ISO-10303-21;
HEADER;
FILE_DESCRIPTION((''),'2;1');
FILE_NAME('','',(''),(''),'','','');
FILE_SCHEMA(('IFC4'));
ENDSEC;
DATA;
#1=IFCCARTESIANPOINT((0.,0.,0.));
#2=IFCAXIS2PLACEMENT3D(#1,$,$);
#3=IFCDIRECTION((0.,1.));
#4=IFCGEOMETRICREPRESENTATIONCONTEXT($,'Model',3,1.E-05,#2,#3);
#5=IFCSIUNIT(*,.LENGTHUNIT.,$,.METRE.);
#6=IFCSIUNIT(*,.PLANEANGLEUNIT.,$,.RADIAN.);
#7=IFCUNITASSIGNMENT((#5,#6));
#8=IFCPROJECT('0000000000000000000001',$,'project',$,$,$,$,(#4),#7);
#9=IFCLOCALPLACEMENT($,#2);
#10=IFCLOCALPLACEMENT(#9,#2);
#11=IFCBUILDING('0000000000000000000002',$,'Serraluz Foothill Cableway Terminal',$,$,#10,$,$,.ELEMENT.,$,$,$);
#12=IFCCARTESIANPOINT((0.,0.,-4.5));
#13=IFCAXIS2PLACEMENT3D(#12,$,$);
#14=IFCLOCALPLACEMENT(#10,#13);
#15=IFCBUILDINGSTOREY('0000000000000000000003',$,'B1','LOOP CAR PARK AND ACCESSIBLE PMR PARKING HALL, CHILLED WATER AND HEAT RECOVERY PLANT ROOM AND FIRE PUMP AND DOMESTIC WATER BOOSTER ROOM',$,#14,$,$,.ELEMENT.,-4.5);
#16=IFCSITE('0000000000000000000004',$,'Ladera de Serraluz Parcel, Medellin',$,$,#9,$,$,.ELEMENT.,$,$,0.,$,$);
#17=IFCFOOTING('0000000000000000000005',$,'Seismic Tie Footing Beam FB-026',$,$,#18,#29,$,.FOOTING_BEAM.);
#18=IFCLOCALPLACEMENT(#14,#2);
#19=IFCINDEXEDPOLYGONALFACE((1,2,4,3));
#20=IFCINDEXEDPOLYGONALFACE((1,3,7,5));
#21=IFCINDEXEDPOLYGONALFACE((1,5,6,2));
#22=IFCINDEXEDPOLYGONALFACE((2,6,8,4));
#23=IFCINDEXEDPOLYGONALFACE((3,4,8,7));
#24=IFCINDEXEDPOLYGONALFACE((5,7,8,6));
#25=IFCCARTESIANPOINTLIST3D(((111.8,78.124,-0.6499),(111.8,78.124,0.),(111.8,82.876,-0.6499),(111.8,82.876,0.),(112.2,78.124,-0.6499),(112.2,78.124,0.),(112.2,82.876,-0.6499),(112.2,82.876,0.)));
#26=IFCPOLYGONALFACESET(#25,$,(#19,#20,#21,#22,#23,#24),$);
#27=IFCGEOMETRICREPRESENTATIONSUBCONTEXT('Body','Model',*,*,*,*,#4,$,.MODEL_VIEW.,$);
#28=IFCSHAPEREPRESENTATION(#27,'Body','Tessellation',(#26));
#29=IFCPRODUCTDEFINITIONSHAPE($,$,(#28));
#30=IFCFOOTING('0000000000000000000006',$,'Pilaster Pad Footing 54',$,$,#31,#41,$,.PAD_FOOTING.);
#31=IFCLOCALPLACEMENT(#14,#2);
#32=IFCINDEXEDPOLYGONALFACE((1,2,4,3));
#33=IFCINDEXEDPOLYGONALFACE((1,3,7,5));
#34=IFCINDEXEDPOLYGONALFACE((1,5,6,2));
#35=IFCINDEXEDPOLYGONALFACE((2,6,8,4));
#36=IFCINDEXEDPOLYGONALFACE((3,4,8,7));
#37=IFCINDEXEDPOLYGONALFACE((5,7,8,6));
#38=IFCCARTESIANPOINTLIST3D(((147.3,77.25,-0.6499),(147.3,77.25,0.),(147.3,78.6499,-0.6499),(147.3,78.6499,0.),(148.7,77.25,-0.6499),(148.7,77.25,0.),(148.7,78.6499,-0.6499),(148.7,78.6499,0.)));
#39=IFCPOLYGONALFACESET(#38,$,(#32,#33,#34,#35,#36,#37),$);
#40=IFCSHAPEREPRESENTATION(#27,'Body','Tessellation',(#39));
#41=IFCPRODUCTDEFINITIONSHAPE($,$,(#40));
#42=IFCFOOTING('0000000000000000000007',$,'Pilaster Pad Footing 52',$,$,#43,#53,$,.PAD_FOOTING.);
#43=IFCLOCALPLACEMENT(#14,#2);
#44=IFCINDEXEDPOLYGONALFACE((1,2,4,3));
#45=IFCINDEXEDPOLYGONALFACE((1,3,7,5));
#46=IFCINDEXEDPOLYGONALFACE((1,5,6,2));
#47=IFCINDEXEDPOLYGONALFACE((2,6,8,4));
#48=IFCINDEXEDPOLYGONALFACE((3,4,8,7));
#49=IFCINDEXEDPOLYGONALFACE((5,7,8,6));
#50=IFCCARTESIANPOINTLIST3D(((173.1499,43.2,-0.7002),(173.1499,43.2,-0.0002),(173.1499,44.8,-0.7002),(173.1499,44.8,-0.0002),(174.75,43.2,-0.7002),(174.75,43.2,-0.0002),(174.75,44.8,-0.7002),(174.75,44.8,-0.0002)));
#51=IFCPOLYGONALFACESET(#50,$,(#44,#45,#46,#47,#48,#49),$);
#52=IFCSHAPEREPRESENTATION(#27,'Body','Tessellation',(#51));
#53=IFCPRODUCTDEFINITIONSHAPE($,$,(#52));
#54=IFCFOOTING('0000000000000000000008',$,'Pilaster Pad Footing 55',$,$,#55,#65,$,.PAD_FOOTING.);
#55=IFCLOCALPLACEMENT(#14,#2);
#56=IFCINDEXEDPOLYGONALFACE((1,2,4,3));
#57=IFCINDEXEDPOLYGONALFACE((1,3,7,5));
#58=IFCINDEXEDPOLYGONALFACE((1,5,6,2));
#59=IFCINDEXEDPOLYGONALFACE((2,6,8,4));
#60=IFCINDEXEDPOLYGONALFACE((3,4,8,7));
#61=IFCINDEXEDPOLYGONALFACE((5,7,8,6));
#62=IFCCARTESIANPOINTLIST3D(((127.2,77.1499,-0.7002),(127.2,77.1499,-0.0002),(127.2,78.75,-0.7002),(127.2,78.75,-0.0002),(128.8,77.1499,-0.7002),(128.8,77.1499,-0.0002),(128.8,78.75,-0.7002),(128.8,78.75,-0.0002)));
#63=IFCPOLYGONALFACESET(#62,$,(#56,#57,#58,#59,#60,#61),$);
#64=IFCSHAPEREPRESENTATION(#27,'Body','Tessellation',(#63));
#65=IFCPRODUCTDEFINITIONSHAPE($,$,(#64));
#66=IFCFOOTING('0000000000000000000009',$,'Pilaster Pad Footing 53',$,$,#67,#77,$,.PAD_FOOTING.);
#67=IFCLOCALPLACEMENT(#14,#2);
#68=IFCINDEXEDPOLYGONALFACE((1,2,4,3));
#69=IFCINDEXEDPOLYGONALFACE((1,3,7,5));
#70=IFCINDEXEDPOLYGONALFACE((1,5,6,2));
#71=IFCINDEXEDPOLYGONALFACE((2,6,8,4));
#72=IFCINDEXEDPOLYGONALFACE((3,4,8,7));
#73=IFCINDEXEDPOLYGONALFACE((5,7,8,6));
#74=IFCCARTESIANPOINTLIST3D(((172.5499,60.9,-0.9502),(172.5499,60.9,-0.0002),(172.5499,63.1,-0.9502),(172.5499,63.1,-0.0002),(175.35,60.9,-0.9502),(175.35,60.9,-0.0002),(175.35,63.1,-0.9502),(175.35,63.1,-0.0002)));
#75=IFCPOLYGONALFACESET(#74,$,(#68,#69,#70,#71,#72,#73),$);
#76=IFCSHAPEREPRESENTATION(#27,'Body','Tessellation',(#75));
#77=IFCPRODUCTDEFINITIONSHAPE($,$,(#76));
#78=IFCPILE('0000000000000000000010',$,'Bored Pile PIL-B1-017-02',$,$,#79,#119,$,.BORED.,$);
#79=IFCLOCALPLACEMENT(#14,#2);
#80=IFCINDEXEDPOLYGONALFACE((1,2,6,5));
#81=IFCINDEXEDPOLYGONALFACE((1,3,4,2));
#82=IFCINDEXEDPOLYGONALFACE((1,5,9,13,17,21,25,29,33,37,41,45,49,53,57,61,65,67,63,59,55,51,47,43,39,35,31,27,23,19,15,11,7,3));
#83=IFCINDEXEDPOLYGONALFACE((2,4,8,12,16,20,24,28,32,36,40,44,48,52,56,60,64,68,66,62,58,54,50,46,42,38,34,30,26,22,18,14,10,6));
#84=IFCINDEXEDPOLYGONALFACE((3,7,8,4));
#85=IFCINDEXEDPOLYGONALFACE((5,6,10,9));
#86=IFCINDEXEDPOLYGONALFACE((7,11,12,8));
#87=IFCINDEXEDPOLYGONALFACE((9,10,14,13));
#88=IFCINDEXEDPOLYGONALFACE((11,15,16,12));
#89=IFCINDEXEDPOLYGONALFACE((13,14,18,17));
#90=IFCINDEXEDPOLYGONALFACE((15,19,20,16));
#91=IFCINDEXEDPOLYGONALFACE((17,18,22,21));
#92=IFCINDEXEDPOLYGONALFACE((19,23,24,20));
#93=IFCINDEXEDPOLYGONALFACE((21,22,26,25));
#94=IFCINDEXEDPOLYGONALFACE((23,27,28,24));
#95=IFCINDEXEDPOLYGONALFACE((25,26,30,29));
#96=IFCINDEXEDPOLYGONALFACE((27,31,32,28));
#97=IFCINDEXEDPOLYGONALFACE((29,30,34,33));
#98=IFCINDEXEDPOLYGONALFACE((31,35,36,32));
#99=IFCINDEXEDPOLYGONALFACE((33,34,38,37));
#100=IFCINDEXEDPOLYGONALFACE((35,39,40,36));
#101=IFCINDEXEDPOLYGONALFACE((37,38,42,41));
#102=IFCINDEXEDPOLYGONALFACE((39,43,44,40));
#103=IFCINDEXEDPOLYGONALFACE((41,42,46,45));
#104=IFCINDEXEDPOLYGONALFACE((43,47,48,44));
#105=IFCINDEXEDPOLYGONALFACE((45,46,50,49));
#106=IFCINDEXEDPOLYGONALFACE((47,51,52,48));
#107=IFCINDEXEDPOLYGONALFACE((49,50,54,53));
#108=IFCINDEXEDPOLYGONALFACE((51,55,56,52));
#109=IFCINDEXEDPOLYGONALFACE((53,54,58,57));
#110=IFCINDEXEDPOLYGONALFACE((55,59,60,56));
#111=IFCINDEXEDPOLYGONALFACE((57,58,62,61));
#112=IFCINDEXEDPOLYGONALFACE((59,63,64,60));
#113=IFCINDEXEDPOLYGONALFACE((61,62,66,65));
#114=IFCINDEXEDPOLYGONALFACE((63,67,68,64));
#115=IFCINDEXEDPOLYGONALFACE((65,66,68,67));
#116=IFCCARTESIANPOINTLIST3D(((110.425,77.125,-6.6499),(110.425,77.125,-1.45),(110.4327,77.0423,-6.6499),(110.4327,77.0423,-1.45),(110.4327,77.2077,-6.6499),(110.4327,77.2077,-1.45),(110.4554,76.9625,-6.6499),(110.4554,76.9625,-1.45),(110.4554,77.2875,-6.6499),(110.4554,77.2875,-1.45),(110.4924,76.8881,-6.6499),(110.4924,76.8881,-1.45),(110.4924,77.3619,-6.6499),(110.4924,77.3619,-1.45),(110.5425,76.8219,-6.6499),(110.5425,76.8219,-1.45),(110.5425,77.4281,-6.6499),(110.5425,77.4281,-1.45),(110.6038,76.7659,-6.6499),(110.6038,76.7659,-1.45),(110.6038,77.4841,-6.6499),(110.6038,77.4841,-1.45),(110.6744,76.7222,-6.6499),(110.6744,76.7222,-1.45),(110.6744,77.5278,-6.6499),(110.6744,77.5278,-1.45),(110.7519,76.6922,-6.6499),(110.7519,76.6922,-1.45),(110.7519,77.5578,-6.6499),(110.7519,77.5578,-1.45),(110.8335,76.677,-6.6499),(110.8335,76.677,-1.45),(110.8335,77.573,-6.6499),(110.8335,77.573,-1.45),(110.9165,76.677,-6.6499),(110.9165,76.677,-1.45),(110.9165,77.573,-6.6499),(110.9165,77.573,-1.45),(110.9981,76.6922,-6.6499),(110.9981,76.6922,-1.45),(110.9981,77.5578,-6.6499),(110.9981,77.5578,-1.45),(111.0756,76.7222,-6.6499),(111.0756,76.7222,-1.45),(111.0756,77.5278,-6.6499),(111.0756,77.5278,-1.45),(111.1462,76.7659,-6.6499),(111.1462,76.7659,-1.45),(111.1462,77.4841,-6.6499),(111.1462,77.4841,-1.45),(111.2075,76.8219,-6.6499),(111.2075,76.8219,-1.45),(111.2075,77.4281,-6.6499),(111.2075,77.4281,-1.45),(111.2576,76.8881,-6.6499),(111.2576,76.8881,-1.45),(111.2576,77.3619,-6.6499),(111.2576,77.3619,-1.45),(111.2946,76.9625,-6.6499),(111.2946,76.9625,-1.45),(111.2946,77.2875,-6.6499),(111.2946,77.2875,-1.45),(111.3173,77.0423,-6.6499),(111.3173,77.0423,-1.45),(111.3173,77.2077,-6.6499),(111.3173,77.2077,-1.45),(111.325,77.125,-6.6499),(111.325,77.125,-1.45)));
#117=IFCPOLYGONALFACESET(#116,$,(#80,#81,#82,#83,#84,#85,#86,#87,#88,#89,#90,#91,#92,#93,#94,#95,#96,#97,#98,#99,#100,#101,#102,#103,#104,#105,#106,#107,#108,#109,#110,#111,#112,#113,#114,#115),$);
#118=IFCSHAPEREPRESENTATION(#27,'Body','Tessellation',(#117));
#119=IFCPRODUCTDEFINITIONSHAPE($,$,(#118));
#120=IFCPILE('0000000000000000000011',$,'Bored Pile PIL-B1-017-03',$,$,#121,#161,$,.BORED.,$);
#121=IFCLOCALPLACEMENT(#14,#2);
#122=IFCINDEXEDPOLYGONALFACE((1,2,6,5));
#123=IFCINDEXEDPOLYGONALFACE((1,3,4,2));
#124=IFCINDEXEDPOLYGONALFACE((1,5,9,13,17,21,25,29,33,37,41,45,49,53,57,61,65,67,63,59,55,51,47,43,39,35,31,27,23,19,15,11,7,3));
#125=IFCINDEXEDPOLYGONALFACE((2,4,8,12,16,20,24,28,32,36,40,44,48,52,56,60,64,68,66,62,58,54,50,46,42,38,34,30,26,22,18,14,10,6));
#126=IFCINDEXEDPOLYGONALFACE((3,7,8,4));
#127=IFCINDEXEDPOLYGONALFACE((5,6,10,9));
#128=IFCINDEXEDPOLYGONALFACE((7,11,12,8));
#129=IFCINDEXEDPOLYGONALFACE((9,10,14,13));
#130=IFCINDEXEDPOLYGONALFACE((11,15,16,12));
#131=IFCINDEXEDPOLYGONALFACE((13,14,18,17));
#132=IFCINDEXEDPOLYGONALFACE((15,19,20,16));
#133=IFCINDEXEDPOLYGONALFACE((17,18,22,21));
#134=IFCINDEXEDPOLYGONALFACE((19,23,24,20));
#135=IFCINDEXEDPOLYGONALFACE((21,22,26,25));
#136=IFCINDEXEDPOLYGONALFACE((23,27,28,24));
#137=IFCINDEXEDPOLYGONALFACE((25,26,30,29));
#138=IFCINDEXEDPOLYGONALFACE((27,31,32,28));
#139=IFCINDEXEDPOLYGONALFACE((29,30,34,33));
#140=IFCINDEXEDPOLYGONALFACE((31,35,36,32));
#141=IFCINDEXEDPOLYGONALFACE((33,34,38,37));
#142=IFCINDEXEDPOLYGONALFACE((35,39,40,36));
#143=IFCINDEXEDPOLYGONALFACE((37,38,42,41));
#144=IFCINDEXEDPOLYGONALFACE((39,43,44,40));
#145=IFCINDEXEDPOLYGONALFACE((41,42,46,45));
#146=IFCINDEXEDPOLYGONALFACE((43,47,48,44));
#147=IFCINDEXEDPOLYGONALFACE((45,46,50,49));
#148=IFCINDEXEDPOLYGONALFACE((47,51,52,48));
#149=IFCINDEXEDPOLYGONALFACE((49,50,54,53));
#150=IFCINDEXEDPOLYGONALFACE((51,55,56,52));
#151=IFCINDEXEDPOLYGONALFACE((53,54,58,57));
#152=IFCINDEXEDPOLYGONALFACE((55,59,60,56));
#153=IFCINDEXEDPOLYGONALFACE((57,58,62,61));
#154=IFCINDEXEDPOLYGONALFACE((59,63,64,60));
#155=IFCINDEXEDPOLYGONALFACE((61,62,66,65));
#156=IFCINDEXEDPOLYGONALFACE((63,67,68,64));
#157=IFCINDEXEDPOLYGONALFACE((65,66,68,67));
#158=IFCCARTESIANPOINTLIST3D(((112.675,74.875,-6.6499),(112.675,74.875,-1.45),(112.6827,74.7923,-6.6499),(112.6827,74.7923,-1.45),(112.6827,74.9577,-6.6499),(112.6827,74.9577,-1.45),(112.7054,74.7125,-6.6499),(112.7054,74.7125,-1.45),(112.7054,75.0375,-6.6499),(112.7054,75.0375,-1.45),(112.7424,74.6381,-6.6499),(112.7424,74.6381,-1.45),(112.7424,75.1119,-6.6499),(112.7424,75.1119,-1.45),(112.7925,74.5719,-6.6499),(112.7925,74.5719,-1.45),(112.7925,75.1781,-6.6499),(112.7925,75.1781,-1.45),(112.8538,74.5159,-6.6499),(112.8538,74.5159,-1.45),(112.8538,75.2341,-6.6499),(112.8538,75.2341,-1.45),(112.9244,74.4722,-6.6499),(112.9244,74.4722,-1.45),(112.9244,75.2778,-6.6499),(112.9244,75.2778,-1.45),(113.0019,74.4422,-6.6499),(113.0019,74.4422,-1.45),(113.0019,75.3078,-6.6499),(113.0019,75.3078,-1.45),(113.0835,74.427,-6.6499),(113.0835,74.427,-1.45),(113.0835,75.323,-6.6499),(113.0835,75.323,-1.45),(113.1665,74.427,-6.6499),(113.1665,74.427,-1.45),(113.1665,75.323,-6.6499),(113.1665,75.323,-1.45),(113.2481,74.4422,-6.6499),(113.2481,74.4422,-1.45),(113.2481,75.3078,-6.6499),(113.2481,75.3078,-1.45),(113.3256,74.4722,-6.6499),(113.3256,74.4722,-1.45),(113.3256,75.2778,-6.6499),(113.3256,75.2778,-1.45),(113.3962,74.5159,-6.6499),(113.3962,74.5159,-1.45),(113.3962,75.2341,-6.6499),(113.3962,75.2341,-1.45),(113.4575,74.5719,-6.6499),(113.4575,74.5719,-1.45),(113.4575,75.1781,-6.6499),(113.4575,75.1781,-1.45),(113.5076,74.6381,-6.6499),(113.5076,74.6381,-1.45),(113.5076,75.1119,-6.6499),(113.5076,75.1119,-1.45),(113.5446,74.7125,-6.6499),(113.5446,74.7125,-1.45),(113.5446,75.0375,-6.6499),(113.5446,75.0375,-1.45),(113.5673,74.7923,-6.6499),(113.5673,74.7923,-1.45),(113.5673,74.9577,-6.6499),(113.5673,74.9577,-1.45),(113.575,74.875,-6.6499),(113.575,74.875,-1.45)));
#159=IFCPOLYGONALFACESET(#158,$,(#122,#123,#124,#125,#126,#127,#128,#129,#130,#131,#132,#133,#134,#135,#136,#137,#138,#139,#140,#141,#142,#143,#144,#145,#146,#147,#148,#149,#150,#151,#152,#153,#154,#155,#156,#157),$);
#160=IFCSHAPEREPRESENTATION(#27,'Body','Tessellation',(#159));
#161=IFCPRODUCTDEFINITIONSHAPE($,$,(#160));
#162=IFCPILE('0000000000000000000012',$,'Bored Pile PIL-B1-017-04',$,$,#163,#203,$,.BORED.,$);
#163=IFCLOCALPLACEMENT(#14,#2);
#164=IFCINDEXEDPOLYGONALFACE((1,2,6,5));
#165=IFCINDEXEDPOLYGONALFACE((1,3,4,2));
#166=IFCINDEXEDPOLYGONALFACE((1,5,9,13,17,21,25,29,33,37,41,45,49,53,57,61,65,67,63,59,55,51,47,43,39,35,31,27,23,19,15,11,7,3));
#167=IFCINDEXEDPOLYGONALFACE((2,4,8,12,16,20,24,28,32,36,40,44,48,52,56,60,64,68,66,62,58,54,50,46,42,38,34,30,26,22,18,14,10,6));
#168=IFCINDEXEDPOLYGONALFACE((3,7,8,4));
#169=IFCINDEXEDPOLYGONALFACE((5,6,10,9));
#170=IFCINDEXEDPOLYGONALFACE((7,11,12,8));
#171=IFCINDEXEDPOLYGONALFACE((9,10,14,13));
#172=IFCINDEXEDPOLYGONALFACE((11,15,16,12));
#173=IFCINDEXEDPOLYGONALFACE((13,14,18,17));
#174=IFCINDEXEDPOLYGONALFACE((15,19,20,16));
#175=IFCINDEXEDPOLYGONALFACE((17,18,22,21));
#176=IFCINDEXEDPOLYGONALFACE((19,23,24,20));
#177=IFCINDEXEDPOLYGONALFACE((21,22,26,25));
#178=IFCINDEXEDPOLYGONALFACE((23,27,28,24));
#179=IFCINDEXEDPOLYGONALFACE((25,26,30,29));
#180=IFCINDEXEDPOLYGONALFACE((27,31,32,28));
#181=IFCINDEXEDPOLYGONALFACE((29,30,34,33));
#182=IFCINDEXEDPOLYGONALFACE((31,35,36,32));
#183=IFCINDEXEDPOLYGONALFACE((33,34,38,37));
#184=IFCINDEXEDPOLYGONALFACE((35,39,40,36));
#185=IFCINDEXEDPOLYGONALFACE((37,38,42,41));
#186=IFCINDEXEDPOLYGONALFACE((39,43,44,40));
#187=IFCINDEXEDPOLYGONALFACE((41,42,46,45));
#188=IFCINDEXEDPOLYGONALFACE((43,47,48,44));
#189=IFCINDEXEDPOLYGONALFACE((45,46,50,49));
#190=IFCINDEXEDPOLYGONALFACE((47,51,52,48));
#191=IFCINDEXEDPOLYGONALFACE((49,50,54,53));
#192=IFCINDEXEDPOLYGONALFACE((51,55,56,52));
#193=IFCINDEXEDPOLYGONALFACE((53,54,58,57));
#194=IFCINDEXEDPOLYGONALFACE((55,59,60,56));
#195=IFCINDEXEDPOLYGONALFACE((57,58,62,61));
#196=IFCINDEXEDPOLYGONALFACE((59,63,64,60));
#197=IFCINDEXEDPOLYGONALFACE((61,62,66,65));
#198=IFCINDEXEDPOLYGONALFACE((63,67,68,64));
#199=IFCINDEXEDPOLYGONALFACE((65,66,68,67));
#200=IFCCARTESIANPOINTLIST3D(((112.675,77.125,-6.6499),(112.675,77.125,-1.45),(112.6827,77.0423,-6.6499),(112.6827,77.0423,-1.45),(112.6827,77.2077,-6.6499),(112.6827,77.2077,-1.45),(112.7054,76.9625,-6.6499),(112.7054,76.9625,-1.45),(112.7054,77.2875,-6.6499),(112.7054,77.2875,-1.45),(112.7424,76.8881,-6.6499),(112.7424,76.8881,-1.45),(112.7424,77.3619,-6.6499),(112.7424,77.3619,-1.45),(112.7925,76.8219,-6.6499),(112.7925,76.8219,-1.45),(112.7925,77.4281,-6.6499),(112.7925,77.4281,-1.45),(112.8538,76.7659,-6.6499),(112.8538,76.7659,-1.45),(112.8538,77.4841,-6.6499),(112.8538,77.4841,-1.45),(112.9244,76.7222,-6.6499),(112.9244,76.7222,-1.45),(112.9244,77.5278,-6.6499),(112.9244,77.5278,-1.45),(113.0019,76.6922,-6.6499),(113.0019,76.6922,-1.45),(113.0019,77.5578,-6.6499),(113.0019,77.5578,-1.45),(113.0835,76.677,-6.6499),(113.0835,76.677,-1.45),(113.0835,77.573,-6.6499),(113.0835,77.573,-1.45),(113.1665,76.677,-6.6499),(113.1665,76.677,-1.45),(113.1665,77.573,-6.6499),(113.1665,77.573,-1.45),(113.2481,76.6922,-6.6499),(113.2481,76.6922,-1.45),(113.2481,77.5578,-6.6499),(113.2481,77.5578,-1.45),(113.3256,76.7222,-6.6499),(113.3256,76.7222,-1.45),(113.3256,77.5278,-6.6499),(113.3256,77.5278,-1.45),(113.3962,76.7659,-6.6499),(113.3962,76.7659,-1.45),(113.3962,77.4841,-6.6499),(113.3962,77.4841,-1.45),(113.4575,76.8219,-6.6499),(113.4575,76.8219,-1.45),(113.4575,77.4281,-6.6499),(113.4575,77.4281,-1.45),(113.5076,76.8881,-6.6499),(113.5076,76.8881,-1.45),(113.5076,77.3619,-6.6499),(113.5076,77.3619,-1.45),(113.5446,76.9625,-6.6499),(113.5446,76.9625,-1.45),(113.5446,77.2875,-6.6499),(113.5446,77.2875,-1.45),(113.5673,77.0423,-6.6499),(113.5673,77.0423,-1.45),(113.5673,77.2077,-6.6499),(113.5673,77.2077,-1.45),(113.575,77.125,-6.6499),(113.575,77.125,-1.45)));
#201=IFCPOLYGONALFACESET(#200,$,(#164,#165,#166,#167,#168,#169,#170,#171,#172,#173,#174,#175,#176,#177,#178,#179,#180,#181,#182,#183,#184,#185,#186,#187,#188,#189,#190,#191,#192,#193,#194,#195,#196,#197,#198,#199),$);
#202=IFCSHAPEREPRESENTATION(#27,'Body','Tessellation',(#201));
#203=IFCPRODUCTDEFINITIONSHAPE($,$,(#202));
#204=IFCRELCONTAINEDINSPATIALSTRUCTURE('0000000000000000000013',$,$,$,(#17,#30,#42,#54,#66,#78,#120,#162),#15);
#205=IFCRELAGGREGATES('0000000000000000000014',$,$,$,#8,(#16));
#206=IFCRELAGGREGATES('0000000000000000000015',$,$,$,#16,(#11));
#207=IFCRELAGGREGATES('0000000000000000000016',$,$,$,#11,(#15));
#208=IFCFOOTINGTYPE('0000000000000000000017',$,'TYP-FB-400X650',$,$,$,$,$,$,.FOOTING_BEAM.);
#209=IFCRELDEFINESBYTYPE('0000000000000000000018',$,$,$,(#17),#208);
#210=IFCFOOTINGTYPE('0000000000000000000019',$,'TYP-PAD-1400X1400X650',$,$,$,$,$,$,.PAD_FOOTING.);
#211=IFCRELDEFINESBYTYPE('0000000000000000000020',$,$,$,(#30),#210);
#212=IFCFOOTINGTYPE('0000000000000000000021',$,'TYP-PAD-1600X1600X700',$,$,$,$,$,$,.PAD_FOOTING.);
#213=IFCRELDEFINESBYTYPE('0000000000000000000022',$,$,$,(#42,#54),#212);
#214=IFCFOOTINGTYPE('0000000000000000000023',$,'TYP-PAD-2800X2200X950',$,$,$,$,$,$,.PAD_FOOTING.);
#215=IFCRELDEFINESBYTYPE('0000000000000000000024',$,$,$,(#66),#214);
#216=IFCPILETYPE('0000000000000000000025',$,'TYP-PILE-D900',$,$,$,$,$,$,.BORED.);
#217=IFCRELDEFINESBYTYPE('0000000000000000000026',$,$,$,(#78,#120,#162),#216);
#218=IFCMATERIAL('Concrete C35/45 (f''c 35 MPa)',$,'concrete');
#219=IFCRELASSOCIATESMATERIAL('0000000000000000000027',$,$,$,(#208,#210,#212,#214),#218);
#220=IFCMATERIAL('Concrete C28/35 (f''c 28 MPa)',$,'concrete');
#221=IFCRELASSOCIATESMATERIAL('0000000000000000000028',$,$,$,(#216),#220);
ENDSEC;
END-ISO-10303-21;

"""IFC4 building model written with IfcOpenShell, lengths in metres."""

from ifc_helpers import new_model, si_unit, direction, frame, origin, origin_2d, place, context, subcontext, project, spatial, rectangle, circle, extrude, material, material_profile, profile_set, type_object, element, save


model = new_model("IFC4")

# Units and contexts
model_context = context("Model", 3, precision=1e-05, world=origin(), true_north=direction((0.0, 1.0)))
body_context = subcontext(model_context, "Body", "Model", "MODEL_VIEW")
ifc_project = project(units=[si_unit("LENGTHUNIT", "METRE"), si_unit("PLANEANGLEUNIT", "RADIAN")], contexts=[model_context])

# Site, building, storey
site_placement = place(None, origin())
site = spatial("IfcSite", under=ifc_project, at=site_placement, Name="Ladera de Serraluz Parcel, Medellin", CompositionType="ELEMENT", RefElevation=0.0)
building_placement = place(site_placement, origin())
building = spatial("IfcBuilding", under=site, at=building_placement, Name="Serraluz Foothill Cableway Terminal", CompositionType="ELEMENT")
storey_placement = place(building_placement, frame((0.0, 0.0, -4.5)))
storey = spatial("IfcBuildingStorey", under=building, at=storey_placement, Name="B1", Description="LOOP CAR PARK AND ACCESSIBLE PMR PARKING HALL, CHILLED WATER AND HEAT RECOVERY PLANT ROOM AND FIRE PUMP AND DOMESTIC WATER BOOSTER ROOM", CompositionType="ELEMENT", Elevation=-4.5)

# Footings
ifc_material_1 = material(Name="Concrete C35/45 (f'c 35 MPa)", Category="concrete")
ifc_material_profile_1 = material_profile(ifc_material_1, rectangle(XDim=0.3999, YDim=0.6499, at=origin_2d()), Name="RC 400x650")
ifc_profile_set_1 = profile_set([ifc_material_profile_1], Name="Concrete C35/45 (f'c 35 MPa)")
footing_type_1 = type_object("IfcFootingType", Name="TYP-FB-400X650", PredefinedType="FOOTING_BEAM", material=ifc_profile_set_1)
footing_1_placement = place(storey_placement, frame((112.0, 78.124, -0.325), z_axis=(0.0, 1.0, 0.0), x_axis=(-1.0, 0.0, 0.0)))
element("IfcFooting", 1, at=footing_1_placement, inside=storey, type_object=footing_type_1, Name="Seismic Tie Footing Beam FB-026", PredefinedType="FOOTING_BEAM", context=body_context, shape_type="SweptSolid", body=[
    extrude(rectangle(XDim=0.3999, YDim=0.6499, at=origin_2d()), origin(), (0.0, 0.0, 1.0), 4.752),
])
footing_type_2 = type_object("IfcFootingType", Name="TYP-PAD-1400X1400X650", PredefinedType="PAD_FOOTING", material=ifc_material_1)
footing_2_placement = place(storey_placement, frame((148.0, 77.95, -0.6499), z_axis=(0.0, 0.0, 1.0), x_axis=(1.0, 0.0, 0.0)))
element("IfcFooting", 2, at=footing_2_placement, inside=storey, type_object=footing_type_2, Name="Pilaster Pad Footing 54", PredefinedType="PAD_FOOTING", context=body_context, shape_type="SweptSolid", body=[
    extrude(rectangle(XDim=1.3999, YDim=1.3999, at=origin_2d()), origin(), (0.0, 0.0, 1.0), 0.6499),
])
footing_type_3 = type_object("IfcFootingType", Name="TYP-PAD-1600X1600X700", PredefinedType="PAD_FOOTING", material=ifc_material_1)
for number, where, z_axis, x_axis, name in (
    (3, (173.95, 44.0, -0.7002), (0.0, 0.0, 1.0), (1.0, 0.0, 0.0), "Pilaster Pad Footing 52"),
    (4, (128.0, 77.95, -0.7002), (0.0, 0.0, 1.0), (1.0, 0.0, 0.0), "Pilaster Pad Footing 55"),
):
    element("IfcFooting", number, at=place(storey_placement, frame(where, z_axis=z_axis, x_axis=x_axis)), inside=storey, type_object=footing_type_3, Name=name, PredefinedType="PAD_FOOTING", context=body_context, shape_type="SweptSolid", body=[
        extrude(rectangle(XDim=1.6001, YDim=1.6001, at=origin_2d()), origin(), (0.0, 0.0, 1.0), 0.7),
    ])
footing_type_4 = type_object("IfcFootingType", Name="TYP-PAD-2800X2200X950", PredefinedType="PAD_FOOTING", material=ifc_material_1)
footing_3_placement = place(storey_placement, frame((173.95, 62.0, -0.9502), z_axis=(0.0, 0.0, 1.0), x_axis=(1.0, 0.0, 0.0)))
element("IfcFooting", 5, at=footing_3_placement, inside=storey, type_object=footing_type_4, Name="Pilaster Pad Footing 53", PredefinedType="PAD_FOOTING", context=body_context, shape_type="SweptSolid", body=[
    extrude(rectangle(XDim=2.8, YDim=2.2, at=origin_2d()), origin(), (0.0, 0.0, 1.0), 0.95),
])

# Piles
ifc_material_2 = material(Name="Concrete C28/35 (f'c 28 MPa)", Category="concrete")
ifc_material_profile_2 = material_profile(ifc_material_2, circle(Radius=0.45, at=origin_2d()), Name="BORED PILE D900")
ifc_profile_set_2 = profile_set([ifc_material_profile_2], Name="Concrete C28/35 (f'c 28 MPa)")
pile_type = type_object("IfcPileType", Name="TYP-PILE-D900", PredefinedType="BORED", material=ifc_profile_set_2)
for number, where, z_axis, x_axis, name in (
    (6, (110.875, 77.125, -1.45), (0.0, 0.0, -1.0), (1.0, 0.0, 0.0), "Bored Pile PIL-B1-017-02"),
    (7, (113.125, 74.875, -1.45), (0.0, 0.0, -1.0), (1.0, 0.0, 0.0), "Bored Pile PIL-B1-017-03"),
    (8, (113.125, 77.125, -1.45), (0.0, 0.0, -1.0), (1.0, 0.0, 0.0), "Bored Pile PIL-B1-017-04"),
):
    element("IfcPile", number, at=place(storey_placement, frame(where, z_axis=z_axis, x_axis=x_axis)), inside=storey, type_object=pile_type, Name=name, PredefinedType="BORED", context=body_context, shape_type="SweptSolid", body=[
        extrude(circle(Radius=0.45, at=origin_2d()), origin(), (0.0, 0.0, 1.0), 5.2),
    ])

save(model, "model.ifc")
